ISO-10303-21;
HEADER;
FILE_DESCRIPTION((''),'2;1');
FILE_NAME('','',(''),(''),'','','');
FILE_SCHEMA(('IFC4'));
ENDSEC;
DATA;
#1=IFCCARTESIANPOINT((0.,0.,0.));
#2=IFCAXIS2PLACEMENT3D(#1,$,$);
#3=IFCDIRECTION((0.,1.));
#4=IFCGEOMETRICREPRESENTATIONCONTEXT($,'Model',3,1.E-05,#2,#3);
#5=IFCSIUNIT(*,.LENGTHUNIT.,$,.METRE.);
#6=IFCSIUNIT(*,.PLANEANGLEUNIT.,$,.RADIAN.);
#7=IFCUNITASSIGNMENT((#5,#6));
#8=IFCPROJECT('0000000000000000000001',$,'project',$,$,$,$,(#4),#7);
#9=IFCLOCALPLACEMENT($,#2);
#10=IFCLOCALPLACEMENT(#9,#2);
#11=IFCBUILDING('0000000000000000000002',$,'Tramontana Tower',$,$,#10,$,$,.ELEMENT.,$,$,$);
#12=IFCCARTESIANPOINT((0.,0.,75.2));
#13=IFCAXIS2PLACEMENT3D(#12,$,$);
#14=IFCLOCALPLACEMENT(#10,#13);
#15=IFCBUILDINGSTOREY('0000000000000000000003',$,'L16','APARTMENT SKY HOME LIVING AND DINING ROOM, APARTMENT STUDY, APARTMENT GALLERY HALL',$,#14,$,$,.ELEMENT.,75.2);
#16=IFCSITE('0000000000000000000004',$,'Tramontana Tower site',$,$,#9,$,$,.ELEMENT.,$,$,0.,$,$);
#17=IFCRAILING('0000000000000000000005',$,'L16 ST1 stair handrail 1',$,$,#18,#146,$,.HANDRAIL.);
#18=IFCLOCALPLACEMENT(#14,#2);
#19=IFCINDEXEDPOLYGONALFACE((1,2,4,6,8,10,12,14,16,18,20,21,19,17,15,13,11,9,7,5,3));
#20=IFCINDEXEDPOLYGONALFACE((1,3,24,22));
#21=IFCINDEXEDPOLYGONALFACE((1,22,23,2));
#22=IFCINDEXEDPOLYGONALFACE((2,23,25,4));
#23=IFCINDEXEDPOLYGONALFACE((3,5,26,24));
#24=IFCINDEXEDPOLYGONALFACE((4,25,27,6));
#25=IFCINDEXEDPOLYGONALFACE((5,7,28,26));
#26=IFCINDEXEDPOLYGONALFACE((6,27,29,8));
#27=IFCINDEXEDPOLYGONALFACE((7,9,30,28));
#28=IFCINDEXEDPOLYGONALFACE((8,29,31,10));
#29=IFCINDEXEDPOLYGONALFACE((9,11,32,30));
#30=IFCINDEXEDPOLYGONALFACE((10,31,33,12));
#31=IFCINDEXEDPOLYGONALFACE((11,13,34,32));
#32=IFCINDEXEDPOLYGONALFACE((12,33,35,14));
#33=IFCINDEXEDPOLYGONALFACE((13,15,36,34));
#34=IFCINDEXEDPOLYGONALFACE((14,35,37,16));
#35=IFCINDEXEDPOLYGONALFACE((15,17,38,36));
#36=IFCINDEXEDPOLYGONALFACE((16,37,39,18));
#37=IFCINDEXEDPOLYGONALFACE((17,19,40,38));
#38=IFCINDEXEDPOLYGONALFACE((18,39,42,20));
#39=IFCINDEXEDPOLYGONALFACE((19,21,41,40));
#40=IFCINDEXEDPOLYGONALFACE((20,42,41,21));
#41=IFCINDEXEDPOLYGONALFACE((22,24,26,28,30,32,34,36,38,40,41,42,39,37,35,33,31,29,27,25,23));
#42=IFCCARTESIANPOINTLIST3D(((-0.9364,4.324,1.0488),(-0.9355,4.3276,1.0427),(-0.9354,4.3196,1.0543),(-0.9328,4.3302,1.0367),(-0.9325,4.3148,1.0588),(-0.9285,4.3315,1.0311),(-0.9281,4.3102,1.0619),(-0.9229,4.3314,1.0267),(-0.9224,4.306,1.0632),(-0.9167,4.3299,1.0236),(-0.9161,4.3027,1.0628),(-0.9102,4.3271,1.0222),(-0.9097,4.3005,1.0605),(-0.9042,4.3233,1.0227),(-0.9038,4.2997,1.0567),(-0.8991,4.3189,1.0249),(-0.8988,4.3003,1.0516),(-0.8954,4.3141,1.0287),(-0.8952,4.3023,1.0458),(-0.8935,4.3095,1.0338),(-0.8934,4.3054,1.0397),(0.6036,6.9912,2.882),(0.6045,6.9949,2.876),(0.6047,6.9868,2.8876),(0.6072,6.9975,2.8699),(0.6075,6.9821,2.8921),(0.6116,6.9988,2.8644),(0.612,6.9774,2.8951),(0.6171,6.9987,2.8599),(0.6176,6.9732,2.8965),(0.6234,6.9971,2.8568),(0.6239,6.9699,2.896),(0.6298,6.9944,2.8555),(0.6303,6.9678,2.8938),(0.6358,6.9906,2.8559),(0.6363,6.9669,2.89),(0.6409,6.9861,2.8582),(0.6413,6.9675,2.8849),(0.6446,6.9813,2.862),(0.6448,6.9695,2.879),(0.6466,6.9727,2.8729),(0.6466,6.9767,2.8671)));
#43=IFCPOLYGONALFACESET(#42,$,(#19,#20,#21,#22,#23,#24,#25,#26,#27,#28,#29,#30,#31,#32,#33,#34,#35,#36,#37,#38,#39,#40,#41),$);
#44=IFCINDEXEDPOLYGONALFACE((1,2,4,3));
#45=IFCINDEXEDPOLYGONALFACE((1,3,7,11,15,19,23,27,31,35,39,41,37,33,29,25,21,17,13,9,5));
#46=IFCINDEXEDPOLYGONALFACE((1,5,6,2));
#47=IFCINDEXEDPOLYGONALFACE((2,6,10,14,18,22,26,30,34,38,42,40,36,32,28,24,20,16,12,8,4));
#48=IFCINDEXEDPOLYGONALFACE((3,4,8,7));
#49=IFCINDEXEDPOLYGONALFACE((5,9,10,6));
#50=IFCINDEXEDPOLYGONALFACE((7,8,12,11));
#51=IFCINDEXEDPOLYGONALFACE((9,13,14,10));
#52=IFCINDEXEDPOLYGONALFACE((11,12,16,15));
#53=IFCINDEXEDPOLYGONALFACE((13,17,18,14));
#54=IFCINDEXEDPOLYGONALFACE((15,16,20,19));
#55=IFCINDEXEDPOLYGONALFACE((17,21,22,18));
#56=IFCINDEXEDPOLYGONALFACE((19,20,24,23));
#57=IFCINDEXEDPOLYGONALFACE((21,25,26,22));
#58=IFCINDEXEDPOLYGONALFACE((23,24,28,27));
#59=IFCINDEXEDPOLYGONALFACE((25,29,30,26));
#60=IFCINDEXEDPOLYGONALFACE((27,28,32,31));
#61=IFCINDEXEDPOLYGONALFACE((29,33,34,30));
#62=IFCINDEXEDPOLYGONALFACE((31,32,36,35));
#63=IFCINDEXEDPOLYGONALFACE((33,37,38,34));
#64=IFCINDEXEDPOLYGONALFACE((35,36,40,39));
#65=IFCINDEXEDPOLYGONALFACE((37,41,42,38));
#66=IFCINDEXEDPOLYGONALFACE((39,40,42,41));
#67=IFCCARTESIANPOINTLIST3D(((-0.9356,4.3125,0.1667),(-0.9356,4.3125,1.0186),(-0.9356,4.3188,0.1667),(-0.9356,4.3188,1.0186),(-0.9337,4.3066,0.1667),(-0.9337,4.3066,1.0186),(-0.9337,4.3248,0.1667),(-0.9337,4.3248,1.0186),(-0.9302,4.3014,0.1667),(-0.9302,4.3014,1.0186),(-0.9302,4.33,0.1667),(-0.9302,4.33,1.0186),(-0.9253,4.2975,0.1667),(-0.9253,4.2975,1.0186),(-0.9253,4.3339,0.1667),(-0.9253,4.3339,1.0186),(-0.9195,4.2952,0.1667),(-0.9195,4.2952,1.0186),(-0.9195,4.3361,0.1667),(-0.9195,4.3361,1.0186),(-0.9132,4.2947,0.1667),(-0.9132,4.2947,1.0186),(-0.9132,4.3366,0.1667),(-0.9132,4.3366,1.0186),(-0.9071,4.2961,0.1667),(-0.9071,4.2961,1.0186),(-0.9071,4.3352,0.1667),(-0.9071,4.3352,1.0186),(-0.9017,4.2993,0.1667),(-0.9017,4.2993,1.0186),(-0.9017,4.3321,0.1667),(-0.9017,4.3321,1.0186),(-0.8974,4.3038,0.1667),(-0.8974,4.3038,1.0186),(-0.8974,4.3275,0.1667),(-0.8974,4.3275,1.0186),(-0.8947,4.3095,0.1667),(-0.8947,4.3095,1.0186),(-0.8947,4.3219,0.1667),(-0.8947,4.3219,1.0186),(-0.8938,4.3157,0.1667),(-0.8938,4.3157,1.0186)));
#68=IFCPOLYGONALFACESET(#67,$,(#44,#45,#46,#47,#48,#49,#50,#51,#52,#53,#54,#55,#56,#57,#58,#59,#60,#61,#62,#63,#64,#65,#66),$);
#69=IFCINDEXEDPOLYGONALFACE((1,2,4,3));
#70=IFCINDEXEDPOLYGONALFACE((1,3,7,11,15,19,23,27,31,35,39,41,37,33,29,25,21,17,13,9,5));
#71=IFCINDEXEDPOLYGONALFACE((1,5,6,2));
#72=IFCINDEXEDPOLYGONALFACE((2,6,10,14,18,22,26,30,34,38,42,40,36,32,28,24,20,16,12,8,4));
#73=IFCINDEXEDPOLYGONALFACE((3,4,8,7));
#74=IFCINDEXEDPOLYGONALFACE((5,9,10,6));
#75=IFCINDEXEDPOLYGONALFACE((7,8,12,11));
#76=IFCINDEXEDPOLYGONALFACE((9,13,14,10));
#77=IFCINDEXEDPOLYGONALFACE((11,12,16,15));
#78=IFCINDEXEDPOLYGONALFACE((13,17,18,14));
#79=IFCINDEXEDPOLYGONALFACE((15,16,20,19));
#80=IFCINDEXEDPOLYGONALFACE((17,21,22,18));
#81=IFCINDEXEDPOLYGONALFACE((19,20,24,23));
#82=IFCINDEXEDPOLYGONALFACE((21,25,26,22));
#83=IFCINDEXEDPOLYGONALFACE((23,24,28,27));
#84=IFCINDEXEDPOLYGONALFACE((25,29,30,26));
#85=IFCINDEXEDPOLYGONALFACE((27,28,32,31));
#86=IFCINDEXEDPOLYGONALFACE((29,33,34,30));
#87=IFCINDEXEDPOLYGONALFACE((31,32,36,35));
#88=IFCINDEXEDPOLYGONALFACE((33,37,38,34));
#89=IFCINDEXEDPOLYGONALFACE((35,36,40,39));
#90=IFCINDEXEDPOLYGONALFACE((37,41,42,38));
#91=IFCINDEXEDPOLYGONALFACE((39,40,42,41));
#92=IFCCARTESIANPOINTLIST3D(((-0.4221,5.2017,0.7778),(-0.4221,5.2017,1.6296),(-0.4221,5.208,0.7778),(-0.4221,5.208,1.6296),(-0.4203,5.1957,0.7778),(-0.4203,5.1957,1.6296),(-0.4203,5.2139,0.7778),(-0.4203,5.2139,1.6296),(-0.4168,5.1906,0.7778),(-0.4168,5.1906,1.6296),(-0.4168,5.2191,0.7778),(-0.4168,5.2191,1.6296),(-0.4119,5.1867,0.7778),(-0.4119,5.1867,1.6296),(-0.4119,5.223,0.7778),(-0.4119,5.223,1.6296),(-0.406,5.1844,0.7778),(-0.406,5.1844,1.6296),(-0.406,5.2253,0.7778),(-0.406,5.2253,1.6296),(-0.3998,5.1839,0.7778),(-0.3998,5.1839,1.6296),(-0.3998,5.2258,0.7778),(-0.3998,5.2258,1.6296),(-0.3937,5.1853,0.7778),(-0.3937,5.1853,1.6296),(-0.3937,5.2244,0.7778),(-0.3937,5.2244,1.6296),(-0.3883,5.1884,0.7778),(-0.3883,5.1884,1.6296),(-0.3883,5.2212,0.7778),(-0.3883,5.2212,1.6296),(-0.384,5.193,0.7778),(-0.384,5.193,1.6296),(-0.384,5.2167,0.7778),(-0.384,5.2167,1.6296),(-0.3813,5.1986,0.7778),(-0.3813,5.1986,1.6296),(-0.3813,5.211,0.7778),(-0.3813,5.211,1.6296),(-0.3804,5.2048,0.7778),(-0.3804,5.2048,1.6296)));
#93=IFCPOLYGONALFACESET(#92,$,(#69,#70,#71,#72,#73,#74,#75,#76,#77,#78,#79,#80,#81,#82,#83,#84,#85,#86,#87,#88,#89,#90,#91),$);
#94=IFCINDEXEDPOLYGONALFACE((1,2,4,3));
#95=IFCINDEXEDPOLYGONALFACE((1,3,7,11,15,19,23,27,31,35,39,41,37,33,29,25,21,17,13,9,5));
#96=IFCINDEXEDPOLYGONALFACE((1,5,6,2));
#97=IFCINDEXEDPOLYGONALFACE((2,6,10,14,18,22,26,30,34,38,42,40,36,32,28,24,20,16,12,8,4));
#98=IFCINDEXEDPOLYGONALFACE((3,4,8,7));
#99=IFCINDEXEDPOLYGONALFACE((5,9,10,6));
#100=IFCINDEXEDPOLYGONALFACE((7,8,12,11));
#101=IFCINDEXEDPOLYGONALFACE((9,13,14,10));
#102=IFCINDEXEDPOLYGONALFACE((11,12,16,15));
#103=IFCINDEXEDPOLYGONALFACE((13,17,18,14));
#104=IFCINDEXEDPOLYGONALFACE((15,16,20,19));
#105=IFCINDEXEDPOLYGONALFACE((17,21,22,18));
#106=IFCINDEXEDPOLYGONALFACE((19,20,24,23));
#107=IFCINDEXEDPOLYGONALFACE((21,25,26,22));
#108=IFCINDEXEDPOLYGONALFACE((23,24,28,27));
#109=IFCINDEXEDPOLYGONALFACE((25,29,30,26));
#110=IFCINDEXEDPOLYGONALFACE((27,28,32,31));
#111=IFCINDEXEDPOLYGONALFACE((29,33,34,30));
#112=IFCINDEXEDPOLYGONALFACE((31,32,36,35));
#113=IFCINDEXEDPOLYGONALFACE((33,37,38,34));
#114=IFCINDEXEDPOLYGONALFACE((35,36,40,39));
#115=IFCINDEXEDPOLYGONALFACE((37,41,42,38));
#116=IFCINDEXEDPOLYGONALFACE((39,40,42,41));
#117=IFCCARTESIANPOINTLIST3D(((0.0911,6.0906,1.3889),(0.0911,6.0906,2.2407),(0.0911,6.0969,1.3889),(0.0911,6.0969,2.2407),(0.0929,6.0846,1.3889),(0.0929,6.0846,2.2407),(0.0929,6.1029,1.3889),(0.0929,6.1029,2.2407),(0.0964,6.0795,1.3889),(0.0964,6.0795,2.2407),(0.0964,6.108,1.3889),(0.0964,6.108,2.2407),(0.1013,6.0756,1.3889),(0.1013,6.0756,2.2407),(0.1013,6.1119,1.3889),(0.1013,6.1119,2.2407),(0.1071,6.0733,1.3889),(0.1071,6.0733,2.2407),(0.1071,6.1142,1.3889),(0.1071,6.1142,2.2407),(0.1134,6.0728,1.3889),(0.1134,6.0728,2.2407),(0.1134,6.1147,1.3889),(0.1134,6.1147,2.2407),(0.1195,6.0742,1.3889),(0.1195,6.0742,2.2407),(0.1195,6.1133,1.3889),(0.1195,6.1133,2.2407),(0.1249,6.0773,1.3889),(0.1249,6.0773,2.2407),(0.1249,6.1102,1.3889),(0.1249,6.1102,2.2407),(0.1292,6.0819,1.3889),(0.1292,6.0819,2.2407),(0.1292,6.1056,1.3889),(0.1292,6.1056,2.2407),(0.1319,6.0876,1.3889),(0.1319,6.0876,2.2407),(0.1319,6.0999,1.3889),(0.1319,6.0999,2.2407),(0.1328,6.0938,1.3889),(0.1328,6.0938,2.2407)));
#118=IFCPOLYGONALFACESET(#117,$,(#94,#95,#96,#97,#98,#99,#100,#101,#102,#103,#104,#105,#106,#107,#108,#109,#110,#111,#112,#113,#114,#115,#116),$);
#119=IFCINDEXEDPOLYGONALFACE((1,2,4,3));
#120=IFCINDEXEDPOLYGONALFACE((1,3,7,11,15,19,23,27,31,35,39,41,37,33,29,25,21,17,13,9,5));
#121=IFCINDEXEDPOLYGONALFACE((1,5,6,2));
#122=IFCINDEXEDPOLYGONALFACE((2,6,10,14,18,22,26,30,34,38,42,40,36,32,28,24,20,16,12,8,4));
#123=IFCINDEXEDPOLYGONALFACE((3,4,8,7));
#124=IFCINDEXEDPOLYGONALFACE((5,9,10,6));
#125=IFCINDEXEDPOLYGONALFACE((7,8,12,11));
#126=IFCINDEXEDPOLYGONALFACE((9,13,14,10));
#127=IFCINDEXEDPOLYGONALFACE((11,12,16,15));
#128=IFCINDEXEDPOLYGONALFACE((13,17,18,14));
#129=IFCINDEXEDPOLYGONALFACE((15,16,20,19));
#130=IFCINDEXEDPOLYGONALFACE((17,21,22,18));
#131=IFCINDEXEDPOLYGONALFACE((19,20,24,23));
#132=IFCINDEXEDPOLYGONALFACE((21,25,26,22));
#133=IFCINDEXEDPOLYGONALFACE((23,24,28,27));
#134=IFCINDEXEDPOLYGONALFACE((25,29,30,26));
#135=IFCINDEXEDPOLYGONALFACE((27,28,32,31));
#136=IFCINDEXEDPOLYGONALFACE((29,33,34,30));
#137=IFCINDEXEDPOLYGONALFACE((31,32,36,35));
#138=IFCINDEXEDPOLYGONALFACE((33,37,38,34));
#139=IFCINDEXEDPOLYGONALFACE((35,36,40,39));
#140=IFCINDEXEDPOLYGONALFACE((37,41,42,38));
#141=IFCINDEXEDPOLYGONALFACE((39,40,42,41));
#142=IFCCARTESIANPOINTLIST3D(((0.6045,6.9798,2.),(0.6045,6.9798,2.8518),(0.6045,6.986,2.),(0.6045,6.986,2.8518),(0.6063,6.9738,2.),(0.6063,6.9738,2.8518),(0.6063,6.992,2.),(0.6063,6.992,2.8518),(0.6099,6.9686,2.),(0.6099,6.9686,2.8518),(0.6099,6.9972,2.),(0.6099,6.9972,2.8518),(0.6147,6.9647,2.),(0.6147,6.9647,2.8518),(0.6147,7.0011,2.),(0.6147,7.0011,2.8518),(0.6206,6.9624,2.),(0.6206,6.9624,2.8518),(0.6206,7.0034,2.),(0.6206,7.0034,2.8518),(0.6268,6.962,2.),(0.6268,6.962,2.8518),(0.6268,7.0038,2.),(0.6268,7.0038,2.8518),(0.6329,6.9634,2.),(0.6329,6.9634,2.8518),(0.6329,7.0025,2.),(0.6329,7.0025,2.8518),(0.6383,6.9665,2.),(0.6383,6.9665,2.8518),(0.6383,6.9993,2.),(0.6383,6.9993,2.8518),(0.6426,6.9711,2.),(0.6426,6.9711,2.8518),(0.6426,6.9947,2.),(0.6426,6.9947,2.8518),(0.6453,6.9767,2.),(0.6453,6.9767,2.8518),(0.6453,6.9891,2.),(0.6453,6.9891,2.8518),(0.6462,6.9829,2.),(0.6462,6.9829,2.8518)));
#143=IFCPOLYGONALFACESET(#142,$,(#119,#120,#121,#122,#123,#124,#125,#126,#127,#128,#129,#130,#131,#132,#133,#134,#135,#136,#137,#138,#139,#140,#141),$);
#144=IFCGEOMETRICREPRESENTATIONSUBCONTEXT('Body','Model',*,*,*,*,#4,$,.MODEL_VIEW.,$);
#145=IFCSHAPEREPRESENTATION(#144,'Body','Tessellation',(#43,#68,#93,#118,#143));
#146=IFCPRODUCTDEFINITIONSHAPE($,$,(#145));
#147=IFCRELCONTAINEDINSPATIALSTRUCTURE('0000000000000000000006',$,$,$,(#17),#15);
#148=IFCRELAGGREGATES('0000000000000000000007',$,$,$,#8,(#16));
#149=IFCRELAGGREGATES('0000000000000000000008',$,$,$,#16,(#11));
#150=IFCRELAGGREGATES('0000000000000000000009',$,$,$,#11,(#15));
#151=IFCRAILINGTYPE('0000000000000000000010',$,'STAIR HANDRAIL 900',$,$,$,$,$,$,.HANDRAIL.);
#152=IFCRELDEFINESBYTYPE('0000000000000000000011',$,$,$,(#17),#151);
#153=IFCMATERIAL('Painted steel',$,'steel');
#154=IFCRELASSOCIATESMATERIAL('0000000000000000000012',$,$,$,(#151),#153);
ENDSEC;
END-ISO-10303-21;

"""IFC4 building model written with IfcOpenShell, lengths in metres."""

from ifc_helpers import new_model, si_unit, direction, frame, origin, origin_2d, place, context, subcontext, project, spatial, circle, extrude, material, type_object, element, save


model = new_model("IFC4")

# Units and contexts
model_context = context("Model", 3, precision=1e-05, world=origin(), true_north=direction((0.0, 1.0)))
body_context = subcontext(model_context, "Body", "Model", "MODEL_VIEW")
ifc_project = project(units=[si_unit("LENGTHUNIT", "METRE"), si_unit("PLANEANGLEUNIT", "RADIAN")], contexts=[model_context])

# Site, building, storey
site_placement = place(None, origin())
site = spatial("IfcSite", under=ifc_project, at=site_placement, Name="Tramontana Tower site", CompositionType="ELEMENT", RefElevation=0.0)
building_placement = place(site_placement, origin())
building = spatial("IfcBuilding", under=site, at=building_placement, Name="Tramontana Tower", CompositionType="ELEMENT")
storey_placement = place(building_placement, frame((0.0, 0.0, 75.2)))
storey = spatial("IfcBuildingStorey", under=building, at=storey_placement, Name="L16", Description="APARTMENT SKY HOME LIVING AND DINING ROOM, APARTMENT STUDY, APARTMENT GALLERY HALL", CompositionType="ELEMENT", Elevation=75.2)

# Railing
ifc_material_1 = material(Name="Painted steel", Category="steel")
railing_type_1 = type_object("IfcRailingType", Name="STAIR HANDRAIL 900", PredefinedType="HANDRAIL", material=ifc_material_1)
railing_1_placement = place(storey_placement, frame((-0.9148, 4.3157, 0.1667)))
element("IfcRailing", 1, at=railing_1_placement, inside=storey, type_object=railing_type_1, Name="L16 ST1 stair handrail 1", PredefinedType="HANDRAIL", context=body_context, shape_type="SweptSolid", body=[
    extrude(circle(Radius=0.0239, at=origin_2d()), frame((0.0, 0.0, 0.876), z_axis=(0.429671, 0.744159, 0.511478), x_axis=(-0.86601, 0.500027, 0.0)), (0.0, 0.0, 1.0), 3.5842),
    extrude(circle(Radius=0.021, at=origin_2d()), origin(), (0.0, 0.0, 1.0), 0.8518),
    extrude(circle(Radius=0.021, at=origin_2d()), frame((0.5134, 0.8892, 0.6111)), (0.0, 0.0, 1.0), 0.8518),
    extrude(circle(Radius=0.021, at=origin_2d()), frame((1.0266, 1.7781, 1.2222)), (0.0, 0.0, 1.0), 0.8518),
    extrude(circle(Radius=0.021, at=origin_2d()), frame((1.54, 2.6672, 1.8333)), (0.0, 0.0, 1.0), 0.8518),
])

save(model, "model.ifc")
